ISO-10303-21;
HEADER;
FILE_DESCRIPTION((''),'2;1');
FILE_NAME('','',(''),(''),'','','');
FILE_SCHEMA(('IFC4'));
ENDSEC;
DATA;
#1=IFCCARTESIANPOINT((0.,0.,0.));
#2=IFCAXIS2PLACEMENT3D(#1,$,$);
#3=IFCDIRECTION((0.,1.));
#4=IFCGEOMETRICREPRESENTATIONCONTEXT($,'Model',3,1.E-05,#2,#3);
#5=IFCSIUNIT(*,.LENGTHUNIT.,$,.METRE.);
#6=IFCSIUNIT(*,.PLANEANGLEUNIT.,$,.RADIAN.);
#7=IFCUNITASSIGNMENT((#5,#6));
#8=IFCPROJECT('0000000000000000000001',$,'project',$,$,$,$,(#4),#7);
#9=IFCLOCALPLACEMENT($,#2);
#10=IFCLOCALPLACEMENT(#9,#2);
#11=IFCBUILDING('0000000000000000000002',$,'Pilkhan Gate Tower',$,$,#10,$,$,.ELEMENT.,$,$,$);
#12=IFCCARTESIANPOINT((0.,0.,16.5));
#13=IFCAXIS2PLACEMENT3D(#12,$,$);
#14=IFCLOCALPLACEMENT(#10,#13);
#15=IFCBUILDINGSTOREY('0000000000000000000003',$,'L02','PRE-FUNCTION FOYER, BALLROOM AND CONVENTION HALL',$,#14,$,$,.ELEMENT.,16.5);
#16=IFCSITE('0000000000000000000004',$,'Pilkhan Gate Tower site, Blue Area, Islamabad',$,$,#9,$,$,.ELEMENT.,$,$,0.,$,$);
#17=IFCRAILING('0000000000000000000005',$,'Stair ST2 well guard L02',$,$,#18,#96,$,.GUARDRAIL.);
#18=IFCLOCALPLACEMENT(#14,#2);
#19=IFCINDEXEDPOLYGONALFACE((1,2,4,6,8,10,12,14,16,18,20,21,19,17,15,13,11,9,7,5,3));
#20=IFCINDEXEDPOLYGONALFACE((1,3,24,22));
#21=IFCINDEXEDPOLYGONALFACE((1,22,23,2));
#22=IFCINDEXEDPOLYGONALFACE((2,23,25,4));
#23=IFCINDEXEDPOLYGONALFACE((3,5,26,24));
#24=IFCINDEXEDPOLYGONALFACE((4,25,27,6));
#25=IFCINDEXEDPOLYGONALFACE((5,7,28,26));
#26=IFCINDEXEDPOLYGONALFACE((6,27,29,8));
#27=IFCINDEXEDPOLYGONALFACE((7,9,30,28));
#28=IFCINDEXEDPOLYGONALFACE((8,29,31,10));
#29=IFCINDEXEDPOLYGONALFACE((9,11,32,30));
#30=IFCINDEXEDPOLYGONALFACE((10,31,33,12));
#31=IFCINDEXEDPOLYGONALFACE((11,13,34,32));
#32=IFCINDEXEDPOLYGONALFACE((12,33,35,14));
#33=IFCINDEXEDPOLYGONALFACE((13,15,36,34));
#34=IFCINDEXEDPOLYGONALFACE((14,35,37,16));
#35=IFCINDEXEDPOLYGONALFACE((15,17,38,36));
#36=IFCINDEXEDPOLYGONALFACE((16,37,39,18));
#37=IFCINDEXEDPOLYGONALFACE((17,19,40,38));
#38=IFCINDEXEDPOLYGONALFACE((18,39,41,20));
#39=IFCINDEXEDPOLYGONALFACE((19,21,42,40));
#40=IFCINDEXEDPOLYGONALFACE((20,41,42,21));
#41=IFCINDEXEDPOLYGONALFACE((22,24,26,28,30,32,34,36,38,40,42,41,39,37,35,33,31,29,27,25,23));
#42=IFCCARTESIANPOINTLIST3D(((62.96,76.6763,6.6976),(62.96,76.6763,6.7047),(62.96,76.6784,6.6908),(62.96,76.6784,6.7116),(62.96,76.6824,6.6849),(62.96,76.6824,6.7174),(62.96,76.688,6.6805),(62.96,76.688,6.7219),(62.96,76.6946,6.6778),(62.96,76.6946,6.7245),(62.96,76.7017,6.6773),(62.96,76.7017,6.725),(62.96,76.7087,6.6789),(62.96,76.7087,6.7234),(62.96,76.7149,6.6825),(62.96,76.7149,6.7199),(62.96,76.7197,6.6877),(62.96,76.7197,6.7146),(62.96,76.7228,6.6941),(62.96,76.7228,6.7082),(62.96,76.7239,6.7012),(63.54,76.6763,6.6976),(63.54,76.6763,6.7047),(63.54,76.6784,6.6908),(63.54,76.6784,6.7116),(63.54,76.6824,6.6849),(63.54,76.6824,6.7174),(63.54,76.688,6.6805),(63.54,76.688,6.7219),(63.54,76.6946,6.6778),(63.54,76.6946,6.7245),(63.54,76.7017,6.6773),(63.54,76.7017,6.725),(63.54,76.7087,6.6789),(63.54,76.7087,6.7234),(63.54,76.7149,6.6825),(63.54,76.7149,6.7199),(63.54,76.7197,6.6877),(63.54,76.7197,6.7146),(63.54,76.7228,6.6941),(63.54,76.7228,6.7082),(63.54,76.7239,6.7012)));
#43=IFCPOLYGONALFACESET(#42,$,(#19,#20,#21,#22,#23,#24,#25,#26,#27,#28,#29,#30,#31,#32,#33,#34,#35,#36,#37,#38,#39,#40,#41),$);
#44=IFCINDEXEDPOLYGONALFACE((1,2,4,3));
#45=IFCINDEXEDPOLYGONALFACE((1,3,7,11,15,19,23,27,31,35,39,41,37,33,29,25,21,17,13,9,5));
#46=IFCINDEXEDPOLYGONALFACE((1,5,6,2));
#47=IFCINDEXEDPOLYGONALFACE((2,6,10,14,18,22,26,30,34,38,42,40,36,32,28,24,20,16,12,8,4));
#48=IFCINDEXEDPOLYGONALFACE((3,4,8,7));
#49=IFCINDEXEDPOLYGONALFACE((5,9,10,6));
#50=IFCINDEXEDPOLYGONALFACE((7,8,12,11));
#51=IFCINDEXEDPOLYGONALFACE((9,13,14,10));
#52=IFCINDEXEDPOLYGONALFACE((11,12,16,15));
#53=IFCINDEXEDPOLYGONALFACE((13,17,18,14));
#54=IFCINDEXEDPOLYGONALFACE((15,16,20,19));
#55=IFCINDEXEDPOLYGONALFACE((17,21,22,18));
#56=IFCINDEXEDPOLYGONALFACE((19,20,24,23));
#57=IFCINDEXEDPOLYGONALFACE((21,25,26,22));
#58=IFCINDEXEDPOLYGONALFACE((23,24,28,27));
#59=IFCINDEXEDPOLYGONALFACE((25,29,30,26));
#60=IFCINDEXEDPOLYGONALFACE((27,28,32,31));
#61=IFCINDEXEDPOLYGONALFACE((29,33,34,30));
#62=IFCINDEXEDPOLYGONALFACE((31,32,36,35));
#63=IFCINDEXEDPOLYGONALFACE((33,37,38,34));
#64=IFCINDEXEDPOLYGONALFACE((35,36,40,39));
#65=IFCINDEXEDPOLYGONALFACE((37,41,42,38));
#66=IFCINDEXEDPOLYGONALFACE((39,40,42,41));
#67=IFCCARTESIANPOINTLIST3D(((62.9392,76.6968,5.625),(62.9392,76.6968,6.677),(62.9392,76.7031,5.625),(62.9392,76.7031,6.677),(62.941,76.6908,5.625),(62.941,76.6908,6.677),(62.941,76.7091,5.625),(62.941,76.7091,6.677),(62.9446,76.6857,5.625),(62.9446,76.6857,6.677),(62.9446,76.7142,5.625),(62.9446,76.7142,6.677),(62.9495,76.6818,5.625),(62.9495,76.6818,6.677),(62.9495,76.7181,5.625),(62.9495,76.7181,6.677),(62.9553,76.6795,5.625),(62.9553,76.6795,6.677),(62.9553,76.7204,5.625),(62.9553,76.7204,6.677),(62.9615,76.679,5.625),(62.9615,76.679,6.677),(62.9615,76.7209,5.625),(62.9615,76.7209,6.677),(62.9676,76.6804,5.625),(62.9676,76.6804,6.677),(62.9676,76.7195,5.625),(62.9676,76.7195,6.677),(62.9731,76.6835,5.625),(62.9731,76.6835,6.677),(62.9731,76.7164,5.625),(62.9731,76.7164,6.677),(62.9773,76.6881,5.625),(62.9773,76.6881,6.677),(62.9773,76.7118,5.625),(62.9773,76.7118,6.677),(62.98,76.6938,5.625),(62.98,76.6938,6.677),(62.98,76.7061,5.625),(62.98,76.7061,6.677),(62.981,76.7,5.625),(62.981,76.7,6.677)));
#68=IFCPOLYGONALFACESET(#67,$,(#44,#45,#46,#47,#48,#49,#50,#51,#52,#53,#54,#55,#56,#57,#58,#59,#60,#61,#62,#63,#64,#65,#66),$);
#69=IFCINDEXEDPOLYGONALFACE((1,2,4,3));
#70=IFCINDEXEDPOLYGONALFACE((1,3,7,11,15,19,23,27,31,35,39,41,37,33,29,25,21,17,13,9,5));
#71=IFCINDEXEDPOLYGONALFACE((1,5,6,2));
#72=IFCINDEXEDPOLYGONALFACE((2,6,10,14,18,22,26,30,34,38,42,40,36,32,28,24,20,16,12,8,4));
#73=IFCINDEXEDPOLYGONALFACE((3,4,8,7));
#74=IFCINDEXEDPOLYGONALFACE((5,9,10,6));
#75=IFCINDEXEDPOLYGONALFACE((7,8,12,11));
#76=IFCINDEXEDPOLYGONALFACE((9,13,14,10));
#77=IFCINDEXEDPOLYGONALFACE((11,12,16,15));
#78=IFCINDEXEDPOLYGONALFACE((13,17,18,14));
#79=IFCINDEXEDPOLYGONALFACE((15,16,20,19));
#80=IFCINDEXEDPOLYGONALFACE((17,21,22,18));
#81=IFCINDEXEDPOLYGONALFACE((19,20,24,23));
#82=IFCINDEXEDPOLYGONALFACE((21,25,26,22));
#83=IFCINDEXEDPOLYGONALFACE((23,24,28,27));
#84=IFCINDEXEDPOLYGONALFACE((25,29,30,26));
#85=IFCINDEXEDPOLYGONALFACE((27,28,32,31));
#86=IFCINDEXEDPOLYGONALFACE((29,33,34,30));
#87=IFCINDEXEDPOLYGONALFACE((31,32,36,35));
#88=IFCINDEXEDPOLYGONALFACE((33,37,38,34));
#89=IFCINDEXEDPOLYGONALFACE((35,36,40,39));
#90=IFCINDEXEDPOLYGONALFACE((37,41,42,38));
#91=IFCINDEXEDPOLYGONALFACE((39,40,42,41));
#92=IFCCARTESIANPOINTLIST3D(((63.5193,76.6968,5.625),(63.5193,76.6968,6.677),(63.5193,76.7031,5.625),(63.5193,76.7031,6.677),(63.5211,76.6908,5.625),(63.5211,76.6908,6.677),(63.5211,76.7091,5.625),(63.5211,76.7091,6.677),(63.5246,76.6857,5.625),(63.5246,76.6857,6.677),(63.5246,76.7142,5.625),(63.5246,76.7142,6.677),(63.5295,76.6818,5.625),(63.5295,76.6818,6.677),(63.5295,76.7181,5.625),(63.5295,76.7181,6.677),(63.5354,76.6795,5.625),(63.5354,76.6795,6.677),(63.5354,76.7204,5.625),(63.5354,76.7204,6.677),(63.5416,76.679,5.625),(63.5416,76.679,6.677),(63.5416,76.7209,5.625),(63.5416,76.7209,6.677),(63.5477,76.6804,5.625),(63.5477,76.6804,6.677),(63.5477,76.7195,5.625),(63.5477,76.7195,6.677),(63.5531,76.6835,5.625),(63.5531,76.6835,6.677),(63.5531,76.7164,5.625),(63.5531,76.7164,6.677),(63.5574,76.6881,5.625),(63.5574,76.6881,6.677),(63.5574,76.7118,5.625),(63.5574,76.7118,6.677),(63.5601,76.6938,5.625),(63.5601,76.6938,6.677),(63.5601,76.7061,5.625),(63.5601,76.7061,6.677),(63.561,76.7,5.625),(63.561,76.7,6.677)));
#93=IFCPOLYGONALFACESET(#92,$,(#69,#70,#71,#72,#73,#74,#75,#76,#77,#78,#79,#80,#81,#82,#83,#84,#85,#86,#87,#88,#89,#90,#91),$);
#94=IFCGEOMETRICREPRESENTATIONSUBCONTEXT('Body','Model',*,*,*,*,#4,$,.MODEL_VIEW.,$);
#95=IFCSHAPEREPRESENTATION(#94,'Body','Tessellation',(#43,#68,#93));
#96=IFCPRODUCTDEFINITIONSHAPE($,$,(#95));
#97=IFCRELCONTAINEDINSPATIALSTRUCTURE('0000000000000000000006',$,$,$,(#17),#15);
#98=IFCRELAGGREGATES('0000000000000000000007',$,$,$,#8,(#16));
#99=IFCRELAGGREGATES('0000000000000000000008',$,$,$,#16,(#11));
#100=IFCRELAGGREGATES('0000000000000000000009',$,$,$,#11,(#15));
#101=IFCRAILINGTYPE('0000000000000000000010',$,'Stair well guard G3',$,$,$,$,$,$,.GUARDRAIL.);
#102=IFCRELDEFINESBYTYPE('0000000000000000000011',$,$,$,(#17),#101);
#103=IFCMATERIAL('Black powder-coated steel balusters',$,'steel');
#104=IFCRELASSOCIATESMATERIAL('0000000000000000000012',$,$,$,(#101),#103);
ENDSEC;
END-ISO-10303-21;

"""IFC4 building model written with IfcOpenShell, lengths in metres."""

from ifc_helpers import new_model, si_unit, direction, frame, origin, origin_2d, place, context, subcontext, project, spatial, circle, extrude, material, type_object, element, save


model = new_model("IFC4")

# Units and contexts
model_context = context("Model", 3, precision=1e-05, world=origin(), true_north=direction((0.0, 1.0)))
body_context = subcontext(model_context, "Body", "Model", "MODEL_VIEW")
ifc_project = project(units=[si_unit("LENGTHUNIT", "METRE"), si_unit("PLANEANGLEUNIT", "RADIAN")], contexts=[model_context])

# Site, building, storey
site_placement = place(None, origin())
site = spatial("IfcSite", under=ifc_project, at=site_placement, Name="Pilkhan Gate Tower site, Blue Area, Islamabad", CompositionType="ELEMENT", RefElevation=0.0)
building_placement = place(site_placement, origin())
building = spatial("IfcBuilding", under=site, at=building_placement, Name="Pilkhan Gate Tower", CompositionType="ELEMENT")
storey_placement = place(building_placement, frame((0.0, 0.0, 16.5)))
storey = spatial("IfcBuildingStorey", under=building, at=storey_placement, Name="L02", Description="PRE-FUNCTION FOYER, BALLROOM AND CONVENTION HALL", CompositionType="ELEMENT", Elevation=16.5)

# Railing
ifc_material_1 = material(Name="Black powder-coated steel balusters", Category="steel")
railing_type_1 = type_object("IfcRailingType", Name="Stair well guard G3", PredefinedType="GUARDRAIL", material=ifc_material_1)
for number, where, name in (
    (1, (62.96, 76.7, 5.625), "Stair ST2 well guard L02"),
):
    element("IfcRailing", number, at=place(storey_placement, frame(where)), inside=storey, type_object=railing_type_1, Name=name, PredefinedType="GUARDRAIL", context=body_context, shape_type="SweptSolid", body=[
        extrude(circle(Radius=0.0239, at=origin_2d()), frame((0.0, 0.0, 1.0762), z_axis=(1.0, 0.0, 0.0), x_axis=(0.0, 1.0, 0.0)), (0.0, 0.0, 1.0), 0.5801),
        extrude(circle(Radius=0.021, at=origin_2d()), origin(), (0.0, 0.0, 1.0), 1.052),
        extrude(circle(Radius=0.021, at=origin_2d()), frame((0.5801, 0.0, 0.0)), (0.0, 0.0, 1.0), 1.052),
    ])

save(model, "model.ifc")
